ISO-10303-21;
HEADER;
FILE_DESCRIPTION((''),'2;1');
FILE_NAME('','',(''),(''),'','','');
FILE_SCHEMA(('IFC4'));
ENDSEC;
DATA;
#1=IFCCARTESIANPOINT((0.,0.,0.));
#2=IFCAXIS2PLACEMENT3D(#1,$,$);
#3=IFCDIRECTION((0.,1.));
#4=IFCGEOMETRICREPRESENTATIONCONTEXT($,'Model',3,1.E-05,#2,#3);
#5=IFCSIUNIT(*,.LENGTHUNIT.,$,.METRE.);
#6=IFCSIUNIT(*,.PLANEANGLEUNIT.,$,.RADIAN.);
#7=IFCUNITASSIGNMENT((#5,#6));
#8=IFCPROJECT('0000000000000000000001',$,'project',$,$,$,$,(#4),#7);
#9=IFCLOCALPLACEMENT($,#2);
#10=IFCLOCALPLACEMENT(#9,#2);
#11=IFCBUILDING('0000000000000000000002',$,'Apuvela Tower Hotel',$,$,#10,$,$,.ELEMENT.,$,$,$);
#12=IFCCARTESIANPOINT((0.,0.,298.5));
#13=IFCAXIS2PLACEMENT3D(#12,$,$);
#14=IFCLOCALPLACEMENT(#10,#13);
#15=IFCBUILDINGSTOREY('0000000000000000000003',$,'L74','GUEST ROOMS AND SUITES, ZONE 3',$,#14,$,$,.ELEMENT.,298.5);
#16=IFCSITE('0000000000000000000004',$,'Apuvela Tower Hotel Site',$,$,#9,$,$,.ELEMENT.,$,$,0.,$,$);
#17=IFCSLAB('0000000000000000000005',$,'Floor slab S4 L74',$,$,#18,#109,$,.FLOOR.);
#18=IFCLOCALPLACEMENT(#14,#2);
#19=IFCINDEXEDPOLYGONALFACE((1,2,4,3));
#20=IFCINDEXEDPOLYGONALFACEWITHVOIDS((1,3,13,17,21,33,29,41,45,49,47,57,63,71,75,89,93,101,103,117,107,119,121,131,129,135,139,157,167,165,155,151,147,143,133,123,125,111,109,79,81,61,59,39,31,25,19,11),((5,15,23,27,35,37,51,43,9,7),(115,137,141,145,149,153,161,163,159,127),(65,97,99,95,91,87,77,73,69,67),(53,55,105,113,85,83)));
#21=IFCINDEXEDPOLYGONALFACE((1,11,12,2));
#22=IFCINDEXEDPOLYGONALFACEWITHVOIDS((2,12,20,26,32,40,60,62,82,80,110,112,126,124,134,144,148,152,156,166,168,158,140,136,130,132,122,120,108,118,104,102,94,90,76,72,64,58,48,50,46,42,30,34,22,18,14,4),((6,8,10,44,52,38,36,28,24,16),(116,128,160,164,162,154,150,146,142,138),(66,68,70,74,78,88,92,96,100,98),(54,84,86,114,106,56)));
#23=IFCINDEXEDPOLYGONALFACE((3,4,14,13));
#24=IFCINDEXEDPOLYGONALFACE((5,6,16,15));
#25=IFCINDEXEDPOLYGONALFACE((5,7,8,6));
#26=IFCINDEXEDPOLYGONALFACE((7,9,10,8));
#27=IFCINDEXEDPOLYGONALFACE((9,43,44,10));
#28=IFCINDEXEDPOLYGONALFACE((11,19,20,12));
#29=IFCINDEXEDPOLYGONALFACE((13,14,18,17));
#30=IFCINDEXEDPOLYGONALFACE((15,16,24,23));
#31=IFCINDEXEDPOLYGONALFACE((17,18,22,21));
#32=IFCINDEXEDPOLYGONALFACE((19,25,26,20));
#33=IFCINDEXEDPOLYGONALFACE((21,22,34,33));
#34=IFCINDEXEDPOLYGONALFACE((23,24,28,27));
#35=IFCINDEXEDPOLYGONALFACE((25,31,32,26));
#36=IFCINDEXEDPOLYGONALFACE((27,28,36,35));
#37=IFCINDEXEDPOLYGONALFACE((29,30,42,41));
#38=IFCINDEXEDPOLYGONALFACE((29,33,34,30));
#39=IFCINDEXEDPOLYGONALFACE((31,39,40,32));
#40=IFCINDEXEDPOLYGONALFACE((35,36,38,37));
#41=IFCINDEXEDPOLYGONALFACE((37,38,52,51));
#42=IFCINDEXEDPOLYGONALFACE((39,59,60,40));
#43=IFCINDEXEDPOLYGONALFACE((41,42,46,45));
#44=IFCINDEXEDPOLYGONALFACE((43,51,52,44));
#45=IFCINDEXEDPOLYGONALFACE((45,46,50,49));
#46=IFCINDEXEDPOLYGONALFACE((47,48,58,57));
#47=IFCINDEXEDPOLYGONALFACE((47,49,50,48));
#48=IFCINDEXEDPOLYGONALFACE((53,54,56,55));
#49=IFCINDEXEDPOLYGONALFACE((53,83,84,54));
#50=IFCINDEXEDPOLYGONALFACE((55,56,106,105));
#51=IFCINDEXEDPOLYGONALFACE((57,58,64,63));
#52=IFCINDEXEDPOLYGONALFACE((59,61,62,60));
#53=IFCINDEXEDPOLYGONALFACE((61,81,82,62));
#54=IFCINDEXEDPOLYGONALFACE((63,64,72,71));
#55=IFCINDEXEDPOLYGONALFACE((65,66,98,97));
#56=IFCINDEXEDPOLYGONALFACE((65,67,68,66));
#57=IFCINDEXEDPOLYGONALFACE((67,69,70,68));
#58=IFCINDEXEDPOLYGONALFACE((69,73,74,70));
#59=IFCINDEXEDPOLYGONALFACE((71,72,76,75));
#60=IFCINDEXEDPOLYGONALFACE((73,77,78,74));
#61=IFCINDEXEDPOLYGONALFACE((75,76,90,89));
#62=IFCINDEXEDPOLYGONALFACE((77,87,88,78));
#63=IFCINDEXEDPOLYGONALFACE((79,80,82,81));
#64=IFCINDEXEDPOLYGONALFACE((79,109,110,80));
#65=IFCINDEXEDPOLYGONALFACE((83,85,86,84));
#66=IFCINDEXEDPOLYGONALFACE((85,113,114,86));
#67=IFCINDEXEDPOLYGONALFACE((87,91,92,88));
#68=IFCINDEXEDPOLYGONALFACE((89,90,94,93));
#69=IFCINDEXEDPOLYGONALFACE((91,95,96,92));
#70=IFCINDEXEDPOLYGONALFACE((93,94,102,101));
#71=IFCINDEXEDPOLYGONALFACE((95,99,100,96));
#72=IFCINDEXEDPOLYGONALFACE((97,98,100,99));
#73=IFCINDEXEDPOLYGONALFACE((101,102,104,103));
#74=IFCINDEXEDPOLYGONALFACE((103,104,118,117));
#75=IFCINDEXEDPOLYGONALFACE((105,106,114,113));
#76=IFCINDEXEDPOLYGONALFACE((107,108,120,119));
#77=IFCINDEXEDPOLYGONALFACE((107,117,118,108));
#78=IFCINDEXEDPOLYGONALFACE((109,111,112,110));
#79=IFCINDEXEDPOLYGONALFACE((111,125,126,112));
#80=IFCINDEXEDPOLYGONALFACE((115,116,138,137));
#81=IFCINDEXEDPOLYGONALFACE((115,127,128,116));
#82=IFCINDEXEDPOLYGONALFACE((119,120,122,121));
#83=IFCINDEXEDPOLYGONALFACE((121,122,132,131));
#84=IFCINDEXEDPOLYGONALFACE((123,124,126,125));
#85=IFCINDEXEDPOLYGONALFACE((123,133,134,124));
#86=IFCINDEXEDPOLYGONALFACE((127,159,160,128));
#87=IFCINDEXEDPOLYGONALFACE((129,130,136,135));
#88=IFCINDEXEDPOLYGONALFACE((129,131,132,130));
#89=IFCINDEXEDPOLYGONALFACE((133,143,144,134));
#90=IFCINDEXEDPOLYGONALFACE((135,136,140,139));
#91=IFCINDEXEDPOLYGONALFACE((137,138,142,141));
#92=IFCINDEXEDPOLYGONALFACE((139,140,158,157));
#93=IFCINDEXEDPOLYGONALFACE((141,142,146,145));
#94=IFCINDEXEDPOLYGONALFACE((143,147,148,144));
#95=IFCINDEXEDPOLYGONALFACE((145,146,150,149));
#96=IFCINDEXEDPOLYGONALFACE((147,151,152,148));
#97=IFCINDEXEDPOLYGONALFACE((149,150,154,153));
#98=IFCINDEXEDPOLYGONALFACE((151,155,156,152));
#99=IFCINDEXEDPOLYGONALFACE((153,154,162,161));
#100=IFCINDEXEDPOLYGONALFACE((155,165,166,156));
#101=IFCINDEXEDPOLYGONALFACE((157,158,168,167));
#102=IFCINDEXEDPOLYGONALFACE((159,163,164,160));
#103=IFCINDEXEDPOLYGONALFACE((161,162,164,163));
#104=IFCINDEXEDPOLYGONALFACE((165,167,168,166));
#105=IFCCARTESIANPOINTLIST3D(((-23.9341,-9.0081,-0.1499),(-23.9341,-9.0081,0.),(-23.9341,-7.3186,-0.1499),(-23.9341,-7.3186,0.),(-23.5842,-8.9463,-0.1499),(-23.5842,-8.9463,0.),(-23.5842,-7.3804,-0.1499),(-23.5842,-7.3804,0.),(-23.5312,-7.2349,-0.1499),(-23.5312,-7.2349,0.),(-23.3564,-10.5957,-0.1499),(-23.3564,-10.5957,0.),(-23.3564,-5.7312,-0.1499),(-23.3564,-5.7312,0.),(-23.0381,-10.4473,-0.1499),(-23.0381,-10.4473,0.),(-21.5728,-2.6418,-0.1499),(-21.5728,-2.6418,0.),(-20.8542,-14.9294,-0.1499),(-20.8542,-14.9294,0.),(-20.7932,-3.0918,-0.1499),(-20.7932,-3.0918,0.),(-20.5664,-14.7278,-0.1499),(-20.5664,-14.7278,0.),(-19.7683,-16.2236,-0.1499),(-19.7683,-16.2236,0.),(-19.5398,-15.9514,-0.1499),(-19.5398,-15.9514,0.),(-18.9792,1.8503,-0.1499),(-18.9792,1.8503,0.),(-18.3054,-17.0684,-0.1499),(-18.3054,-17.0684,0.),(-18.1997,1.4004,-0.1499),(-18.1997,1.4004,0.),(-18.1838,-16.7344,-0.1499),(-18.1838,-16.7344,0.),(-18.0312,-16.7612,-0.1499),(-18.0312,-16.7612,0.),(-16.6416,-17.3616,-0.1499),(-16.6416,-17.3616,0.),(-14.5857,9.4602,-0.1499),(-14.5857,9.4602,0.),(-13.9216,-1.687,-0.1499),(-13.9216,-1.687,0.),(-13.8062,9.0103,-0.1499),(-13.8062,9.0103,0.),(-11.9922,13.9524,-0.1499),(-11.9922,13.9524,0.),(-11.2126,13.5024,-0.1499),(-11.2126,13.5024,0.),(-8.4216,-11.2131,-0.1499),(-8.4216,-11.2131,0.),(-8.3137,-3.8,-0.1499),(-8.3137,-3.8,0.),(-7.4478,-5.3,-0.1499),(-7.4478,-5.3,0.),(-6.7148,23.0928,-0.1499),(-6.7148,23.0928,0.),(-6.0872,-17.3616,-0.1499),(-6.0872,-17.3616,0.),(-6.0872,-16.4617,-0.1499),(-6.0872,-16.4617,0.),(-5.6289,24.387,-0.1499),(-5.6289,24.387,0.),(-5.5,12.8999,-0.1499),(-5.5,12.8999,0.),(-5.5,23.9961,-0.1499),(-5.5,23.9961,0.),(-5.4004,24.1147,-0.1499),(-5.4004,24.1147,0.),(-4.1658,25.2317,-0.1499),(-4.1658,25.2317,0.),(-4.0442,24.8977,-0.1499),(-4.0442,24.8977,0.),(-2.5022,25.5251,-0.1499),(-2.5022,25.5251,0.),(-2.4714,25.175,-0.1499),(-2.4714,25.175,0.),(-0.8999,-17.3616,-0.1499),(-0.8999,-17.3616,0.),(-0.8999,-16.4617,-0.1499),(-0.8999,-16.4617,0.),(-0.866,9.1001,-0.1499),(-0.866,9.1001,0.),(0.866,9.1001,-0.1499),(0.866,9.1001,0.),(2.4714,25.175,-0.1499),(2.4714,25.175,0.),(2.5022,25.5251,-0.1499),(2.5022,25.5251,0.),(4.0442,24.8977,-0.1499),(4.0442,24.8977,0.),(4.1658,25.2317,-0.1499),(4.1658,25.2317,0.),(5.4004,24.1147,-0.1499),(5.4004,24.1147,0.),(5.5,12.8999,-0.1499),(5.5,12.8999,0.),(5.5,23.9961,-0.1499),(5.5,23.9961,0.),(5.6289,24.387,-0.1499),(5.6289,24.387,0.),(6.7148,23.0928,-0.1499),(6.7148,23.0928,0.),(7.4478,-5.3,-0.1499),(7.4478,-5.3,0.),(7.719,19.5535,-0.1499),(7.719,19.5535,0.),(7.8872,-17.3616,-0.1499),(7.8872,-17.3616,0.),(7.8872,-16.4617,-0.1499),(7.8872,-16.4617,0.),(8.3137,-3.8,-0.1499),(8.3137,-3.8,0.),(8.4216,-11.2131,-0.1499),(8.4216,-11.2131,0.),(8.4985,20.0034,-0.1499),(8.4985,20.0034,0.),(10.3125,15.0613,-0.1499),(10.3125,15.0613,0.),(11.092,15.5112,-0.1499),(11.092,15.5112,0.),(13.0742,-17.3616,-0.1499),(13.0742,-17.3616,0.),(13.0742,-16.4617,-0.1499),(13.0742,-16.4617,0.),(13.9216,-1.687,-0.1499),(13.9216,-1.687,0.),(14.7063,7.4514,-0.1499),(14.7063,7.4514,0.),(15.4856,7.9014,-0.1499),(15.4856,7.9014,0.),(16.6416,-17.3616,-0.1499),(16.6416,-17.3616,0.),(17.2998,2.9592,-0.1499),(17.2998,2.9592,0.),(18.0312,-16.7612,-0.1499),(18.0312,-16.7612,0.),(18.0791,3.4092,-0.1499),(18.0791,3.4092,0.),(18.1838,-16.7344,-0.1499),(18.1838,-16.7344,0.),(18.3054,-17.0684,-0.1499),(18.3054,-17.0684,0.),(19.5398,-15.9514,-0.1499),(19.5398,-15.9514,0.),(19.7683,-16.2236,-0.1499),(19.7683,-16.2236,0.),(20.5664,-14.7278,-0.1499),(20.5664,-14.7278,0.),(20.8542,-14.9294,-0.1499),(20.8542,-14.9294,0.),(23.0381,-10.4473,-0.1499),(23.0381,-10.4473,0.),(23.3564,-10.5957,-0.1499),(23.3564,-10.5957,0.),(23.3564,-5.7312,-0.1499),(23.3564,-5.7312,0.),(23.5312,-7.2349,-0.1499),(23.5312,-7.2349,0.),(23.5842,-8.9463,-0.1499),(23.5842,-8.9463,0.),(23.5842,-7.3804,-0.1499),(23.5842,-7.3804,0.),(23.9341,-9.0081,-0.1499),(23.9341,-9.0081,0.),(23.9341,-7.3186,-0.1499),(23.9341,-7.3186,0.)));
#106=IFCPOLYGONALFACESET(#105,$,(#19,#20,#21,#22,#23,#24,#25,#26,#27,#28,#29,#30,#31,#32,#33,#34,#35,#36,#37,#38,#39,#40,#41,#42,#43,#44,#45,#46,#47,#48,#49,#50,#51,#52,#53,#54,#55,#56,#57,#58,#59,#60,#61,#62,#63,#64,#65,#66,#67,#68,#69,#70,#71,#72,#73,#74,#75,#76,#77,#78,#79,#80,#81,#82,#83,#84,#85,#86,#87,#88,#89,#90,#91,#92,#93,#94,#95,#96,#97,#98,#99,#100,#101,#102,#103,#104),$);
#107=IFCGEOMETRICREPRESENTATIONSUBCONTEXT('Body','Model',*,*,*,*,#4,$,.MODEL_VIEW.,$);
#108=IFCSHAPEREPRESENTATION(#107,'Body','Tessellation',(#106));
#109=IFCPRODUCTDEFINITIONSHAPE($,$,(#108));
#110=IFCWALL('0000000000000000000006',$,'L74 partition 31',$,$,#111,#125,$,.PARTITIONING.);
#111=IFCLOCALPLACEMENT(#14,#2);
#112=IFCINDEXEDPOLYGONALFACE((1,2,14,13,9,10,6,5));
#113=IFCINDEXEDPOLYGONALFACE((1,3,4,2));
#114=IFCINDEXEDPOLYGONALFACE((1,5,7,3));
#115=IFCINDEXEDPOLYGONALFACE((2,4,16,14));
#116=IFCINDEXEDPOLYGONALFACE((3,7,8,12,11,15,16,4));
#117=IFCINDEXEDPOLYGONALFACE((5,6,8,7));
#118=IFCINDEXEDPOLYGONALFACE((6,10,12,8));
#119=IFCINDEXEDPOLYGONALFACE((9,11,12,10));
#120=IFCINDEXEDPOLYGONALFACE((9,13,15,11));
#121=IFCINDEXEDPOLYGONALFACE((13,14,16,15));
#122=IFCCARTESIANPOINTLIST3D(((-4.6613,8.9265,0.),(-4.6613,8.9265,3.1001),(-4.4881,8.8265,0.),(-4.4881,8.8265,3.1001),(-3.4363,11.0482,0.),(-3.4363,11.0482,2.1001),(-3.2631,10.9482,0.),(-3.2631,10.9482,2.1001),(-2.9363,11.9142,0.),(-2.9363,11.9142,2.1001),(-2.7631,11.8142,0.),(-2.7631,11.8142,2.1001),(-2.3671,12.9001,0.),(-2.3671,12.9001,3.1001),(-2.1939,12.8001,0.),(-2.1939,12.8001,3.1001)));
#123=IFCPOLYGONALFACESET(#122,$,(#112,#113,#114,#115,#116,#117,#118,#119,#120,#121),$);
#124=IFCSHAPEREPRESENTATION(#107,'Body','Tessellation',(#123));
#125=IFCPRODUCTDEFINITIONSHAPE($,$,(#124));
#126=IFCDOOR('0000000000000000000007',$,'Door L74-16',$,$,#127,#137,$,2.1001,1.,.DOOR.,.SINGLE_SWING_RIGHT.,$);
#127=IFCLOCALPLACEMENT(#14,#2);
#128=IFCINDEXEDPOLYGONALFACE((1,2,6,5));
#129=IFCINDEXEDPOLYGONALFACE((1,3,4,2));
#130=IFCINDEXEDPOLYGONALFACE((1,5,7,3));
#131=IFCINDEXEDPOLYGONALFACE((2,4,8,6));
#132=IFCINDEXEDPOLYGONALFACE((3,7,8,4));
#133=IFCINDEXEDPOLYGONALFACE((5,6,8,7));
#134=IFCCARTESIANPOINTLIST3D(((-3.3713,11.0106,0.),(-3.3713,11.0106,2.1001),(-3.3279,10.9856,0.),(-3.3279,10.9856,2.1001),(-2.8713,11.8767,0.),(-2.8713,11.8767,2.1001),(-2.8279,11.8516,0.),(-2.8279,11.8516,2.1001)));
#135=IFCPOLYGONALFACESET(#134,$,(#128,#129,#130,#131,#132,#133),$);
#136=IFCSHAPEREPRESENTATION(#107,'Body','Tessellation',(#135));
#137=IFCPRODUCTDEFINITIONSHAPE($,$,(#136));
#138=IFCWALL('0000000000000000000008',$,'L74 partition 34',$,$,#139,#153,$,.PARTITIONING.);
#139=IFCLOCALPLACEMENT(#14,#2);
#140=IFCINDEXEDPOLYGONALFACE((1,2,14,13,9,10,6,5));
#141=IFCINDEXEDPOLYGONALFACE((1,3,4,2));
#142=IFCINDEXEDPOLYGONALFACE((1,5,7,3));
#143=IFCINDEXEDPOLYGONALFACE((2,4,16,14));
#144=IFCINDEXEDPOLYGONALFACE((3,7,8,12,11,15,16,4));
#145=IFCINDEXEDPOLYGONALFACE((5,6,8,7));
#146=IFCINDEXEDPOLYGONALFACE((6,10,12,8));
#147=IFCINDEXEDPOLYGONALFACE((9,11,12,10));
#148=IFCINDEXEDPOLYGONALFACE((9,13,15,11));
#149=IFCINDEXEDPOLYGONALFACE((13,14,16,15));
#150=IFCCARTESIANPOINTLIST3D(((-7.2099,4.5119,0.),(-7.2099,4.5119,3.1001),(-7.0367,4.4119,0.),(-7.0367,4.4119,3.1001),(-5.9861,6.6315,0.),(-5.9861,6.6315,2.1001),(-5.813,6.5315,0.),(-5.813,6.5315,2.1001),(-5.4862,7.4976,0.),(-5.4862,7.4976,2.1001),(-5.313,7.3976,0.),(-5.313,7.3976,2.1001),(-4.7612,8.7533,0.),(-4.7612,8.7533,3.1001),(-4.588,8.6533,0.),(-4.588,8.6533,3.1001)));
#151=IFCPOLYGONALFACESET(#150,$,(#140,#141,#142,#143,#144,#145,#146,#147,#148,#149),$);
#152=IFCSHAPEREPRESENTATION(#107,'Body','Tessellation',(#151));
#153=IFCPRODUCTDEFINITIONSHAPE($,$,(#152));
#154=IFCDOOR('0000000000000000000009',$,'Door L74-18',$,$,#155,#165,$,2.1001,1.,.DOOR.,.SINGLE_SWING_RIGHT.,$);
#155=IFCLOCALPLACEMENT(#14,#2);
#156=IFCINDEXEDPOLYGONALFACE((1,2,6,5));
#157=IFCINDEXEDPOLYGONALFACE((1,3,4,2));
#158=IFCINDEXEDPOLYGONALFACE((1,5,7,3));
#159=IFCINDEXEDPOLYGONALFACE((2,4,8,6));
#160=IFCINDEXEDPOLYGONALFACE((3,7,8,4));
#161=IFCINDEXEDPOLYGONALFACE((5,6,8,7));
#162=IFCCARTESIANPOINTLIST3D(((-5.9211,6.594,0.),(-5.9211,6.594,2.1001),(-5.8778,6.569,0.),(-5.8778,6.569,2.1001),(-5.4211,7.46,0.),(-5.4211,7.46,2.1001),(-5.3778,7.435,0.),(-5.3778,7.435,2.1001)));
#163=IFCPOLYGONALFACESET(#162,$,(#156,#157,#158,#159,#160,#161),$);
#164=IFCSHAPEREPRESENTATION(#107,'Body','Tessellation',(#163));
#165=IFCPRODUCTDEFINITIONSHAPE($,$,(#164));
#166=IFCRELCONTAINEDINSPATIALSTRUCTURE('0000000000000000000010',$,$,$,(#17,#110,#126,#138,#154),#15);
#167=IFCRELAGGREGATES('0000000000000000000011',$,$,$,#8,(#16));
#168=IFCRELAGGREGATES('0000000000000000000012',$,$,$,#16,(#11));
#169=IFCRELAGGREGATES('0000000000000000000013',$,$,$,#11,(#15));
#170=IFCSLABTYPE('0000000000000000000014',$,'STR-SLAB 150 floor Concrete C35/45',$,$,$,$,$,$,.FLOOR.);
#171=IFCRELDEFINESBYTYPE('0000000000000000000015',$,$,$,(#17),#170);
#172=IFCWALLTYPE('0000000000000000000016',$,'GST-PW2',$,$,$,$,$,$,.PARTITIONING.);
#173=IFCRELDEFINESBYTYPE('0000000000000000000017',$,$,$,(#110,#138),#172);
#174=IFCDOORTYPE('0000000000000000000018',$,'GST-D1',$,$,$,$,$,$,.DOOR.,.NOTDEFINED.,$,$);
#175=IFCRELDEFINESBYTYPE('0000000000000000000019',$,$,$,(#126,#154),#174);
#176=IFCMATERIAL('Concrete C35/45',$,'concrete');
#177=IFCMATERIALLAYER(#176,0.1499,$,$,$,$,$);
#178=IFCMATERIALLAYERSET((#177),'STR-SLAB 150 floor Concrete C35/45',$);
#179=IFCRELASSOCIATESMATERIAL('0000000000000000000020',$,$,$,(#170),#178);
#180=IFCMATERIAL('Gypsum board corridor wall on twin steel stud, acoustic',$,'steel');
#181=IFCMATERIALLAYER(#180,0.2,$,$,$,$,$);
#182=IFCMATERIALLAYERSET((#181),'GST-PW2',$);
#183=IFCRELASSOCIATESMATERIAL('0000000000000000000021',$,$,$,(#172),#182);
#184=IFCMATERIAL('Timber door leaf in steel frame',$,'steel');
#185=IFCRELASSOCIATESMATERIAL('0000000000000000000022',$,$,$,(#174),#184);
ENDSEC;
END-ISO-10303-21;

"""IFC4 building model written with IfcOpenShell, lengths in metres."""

from ifc_helpers import new_model, si_unit, direction, frame, frame_2d, origin, place, context, subcontext, project, spatial, polyline, rectangle, outline, extrude, material, layer, layer_set, type_object, element, fill, save


model = new_model("IFC4")

# Units and contexts
model_context = context("Model", 3, precision=1e-05, world=origin(), true_north=direction((0.0, 1.0)))
body_context = subcontext(model_context, "Body", "Model", "MODEL_VIEW")
ifc_project = project(units=[si_unit("LENGTHUNIT", "METRE"), si_unit("PLANEANGLEUNIT", "RADIAN")], contexts=[model_context])

# Site, building, storey
site_placement = place(None, origin())
site = spatial("IfcSite", under=ifc_project, at=site_placement, Name="Apuvela Tower Hotel Site", CompositionType="ELEMENT", RefElevation=0.0)
building_placement = place(site_placement, origin())
building = spatial("IfcBuilding", under=site, at=building_placement, Name="Apuvela Tower Hotel", CompositionType="ELEMENT")
storey_placement = place(building_placement, frame((0.0, 0.0, 298.5)))
storey = spatial("IfcBuildingStorey", under=building, at=storey_placement, Name="L74", Description="GUEST ROOMS AND SUITES, ZONE 3", CompositionType="ELEMENT", Elevation=298.5)

# Slab
ifc_material_1 = material(Name="Concrete C35/45", Category="concrete")
ifc_layer_1 = layer(ifc_material_1, 0.1499)
ifc_layer_set_1 = layer_set([ifc_layer_1], Name="STR-SLAB 150 floor Concrete C35/45")
slab_type_1 = type_object("IfcSlabType", Name="STR-SLAB 150 floor Concrete C35/45", PredefinedType="FLOOR", material=ifc_layer_set_1)
slab_1_placement = place(storey_placement, frame((0.0, 0.0, -0.1499)))
element("IfcSlab", 1, at=slab_1_placement, inside=storey, type_object=slab_type_1, Name="Floor slab S4 L74", PredefinedType="FLOOR", context=body_context, shape_type="SweptSolid", body=[
    extrude(outline(polyline([(-5.6289, 24.387), (-4.1658, 25.2317), (-2.5022, 25.5251), (2.5022, 25.5251), (4.1658, 25.2317), (5.6289, 24.387), (6.7148, 23.0928), (8.4985, 20.0034), (7.719, 19.5535), (10.3125, 15.0613), (11.092, 15.5112), (15.4856, 7.9014), (14.7063, 7.4514), (17.2998, 2.9592), (18.0791, 3.4092), (23.3564, -5.7312), (23.9341, -7.3186), (23.9341, -9.0081), (23.3564, -10.5957), (20.8542, -14.9294), (19.7683, -16.2236), (18.3054, -17.0684), (16.6416, -17.3616), (13.0742, -17.3616), (13.0742, -16.4617), (7.8872, -16.4617), (7.8872, -17.3616), (-0.8999, -17.3616), (-0.8999, -16.4617), (-6.0872, -16.4617), (-6.0872, -17.3616), (-16.6416, -17.3616), (-18.3054, -17.0684), (-19.7683, -16.2236), (-20.8542, -14.9294), (-23.3564, -10.5957), (-23.9341, -9.0081), (-23.9341, -7.3186), (-23.3564, -5.7312), (-21.5728, -2.6418), (-20.7932, -3.0918), (-18.1997, 1.4004), (-18.9792, 1.8503), (-14.5857, 9.4602), (-13.8062, 9.0103), (-11.2126, 13.5024), (-11.9922, 13.9524), (-6.7148, 23.0928), (-5.6289, 24.387)]), holes=[polyline([(0.866, 9.1001), (-0.866, 9.1001), (-8.3137, -3.8), (-7.4478, -5.3), (7.4478, -5.3), (8.3137, -3.8), (0.866, 9.1001)]), polyline([(-5.5, 12.8999), (-5.5, 23.9961), (-5.4004, 24.1147), (-4.0442, 24.8977), (-2.4714, 25.175), (2.4714, 25.175), (4.0442, 24.8977), (5.4004, 24.1147), (5.5, 23.9961), (5.5, 12.8999), (-5.5, 12.8999)]), polyline([(-8.4216, -11.2131), (-18.0312, -16.7612), (-18.1838, -16.7344), (-19.5398, -15.9514), (-20.5664, -14.7278), (-23.0381, -10.4473), (-23.5842, -8.9463), (-23.5842, -7.3804), (-23.5312, -7.2349), (-13.9216, -1.687), (-8.4216, -11.2131)]), polyline([(13.9216, -1.687), (23.5312, -7.2349), (23.5842, -7.3804), (23.5842, -8.9463), (23.0381, -10.4473), (20.5664, -14.7278), (19.5398, -15.9514), (18.1838, -16.7344), (18.0312, -16.7612), (8.4216, -11.2131), (13.9216, -1.687)])]), origin(), (0.0, 0.0, 1.0), 0.1499),
])

# Walls, openings, doors
ifc_material_2 = material(Name="Gypsum board corridor wall on twin steel stud, acoustic", Category="steel")
ifc_layer_2 = layer(ifc_material_2, 0.2)
ifc_layer_set_2 = layer_set([ifc_layer_2], Name="GST-PW2")
wall_type_1 = type_object("IfcWallType", Name="GST-PW2", PredefinedType="PARTITIONING", material=ifc_layer_set_2)
wall_1_placement = place(storey_placement, frame((-4.5747, 8.8765, 0.0), z_axis=(0.0, 0.0, 1.0), x_axis=(0.500002, 0.866024, 0.0)))
wall_1 = element("IfcWall", 2, at=wall_1_placement, inside=storey, type_object=wall_type_1, Name="L74 partition 31", PredefinedType="PARTITIONING", context=body_context, shape_type="SweptSolid", body=[
    extrude(rectangle(XDim=4.5884, YDim=0.2, at=frame_2d((2.2942, 0.0))), origin(), (0.0, 0.0, 1.0), 3.1001),
])
opening_1_placement = place(wall_1_placement, frame((2.45, 0.0, 0.0)))
opening_1 = element("IfcOpeningElement", 3, at=opening_1_placement, cuts=wall_1, PredefinedType="OPENING", context=body_context, shape_type="SweptSolid", body=[
    extrude(rectangle(XDim=1.0, YDim=2.1001, at=frame_2d((0.5, 1.05))), frame((0.0, 0.1099, 0.0), z_axis=(0.0, -1.0, 0.0), x_axis=(1.0, 0.0, 0.0)), (0.0, 0.0, 1.0), 0.22),
])
ifc_material_3 = material(Name="Timber door leaf in steel frame", Category="steel")
door_type_1 = type_object("IfcDoorType", Name="GST-D1", OperationType="NOTDEFINED", PredefinedType="DOOR", material=ifc_material_3)
door_1_placement = place(opening_1_placement, origin())
door_1 = element("IfcDoor", 4, at=door_1_placement, inside=storey, type_object=door_type_1, Name="Door L74-16", OperationType="SINGLE_SWING_RIGHT", OverallHeight=2.1001, OverallWidth=1.0, PredefinedType="DOOR", context=body_context, shape_type="SweptSolid", body=[
    extrude(rectangle(XDim=1.0, YDim=2.1001, at=frame_2d((0.5, 1.05))), frame((0.0, 0.0249, 0.0), z_axis=(0.0, -1.0, 0.0), x_axis=(1.0, 0.0, 0.0)), (0.0, 0.0, 1.0), 0.05),
])
fill(opening_1, door_1)
wall_2_placement = place(storey_placement, frame((-7.1233, 4.4619, 0.0), z_axis=(0.0, 0.0, 1.0), x_axis=(0.499989, 0.866032, 0.0)))
wall_2 = element("IfcWall", 5, at=wall_2_placement, inside=storey, type_object=wall_type_1, Name="L74 partition 34", PredefinedType="PARTITIONING", context=body_context, shape_type="SweptSolid", body=[
    extrude(rectangle(XDim=4.8975, YDim=0.2, at=frame_2d((2.4487, 0.0))), origin(), (0.0, 0.0, 1.0), 3.1001),
])
opening_2_placement = place(wall_2_placement, frame((2.4475, 0.0, 0.0)))
opening_2 = element("IfcOpeningElement", 6, at=opening_2_placement, cuts=wall_2, PredefinedType="OPENING", context=body_context, shape_type="SweptSolid", body=[
    extrude(rectangle(XDim=1.0, YDim=2.1001, at=frame_2d((0.5, 1.05))), frame((0.0, 0.1099, 0.0), z_axis=(0.0, -1.0, 0.0), x_axis=(1.0, 0.0, 0.0)), (0.0, 0.0, 1.0), 0.22),
])
door_2_placement = place(opening_2_placement, origin())
door_2 = element("IfcDoor", 7, at=door_2_placement, inside=storey, type_object=door_type_1, Name="Door L74-18", OperationType="SINGLE_SWING_RIGHT", OverallHeight=2.1001, OverallWidth=1.0, PredefinedType="DOOR", context=body_context, shape_type="SweptSolid", body=[
    extrude(rectangle(XDim=1.0, YDim=2.1001, at=frame_2d((0.5, 1.05))), frame((0.0, 0.0249, 0.0), z_axis=(0.0, -1.0, 0.0), x_axis=(1.0, 0.0, 0.0)), (0.0, 0.0, 1.0), 0.05),
])
fill(opening_2, door_2)

save(model, "model.ifc")
